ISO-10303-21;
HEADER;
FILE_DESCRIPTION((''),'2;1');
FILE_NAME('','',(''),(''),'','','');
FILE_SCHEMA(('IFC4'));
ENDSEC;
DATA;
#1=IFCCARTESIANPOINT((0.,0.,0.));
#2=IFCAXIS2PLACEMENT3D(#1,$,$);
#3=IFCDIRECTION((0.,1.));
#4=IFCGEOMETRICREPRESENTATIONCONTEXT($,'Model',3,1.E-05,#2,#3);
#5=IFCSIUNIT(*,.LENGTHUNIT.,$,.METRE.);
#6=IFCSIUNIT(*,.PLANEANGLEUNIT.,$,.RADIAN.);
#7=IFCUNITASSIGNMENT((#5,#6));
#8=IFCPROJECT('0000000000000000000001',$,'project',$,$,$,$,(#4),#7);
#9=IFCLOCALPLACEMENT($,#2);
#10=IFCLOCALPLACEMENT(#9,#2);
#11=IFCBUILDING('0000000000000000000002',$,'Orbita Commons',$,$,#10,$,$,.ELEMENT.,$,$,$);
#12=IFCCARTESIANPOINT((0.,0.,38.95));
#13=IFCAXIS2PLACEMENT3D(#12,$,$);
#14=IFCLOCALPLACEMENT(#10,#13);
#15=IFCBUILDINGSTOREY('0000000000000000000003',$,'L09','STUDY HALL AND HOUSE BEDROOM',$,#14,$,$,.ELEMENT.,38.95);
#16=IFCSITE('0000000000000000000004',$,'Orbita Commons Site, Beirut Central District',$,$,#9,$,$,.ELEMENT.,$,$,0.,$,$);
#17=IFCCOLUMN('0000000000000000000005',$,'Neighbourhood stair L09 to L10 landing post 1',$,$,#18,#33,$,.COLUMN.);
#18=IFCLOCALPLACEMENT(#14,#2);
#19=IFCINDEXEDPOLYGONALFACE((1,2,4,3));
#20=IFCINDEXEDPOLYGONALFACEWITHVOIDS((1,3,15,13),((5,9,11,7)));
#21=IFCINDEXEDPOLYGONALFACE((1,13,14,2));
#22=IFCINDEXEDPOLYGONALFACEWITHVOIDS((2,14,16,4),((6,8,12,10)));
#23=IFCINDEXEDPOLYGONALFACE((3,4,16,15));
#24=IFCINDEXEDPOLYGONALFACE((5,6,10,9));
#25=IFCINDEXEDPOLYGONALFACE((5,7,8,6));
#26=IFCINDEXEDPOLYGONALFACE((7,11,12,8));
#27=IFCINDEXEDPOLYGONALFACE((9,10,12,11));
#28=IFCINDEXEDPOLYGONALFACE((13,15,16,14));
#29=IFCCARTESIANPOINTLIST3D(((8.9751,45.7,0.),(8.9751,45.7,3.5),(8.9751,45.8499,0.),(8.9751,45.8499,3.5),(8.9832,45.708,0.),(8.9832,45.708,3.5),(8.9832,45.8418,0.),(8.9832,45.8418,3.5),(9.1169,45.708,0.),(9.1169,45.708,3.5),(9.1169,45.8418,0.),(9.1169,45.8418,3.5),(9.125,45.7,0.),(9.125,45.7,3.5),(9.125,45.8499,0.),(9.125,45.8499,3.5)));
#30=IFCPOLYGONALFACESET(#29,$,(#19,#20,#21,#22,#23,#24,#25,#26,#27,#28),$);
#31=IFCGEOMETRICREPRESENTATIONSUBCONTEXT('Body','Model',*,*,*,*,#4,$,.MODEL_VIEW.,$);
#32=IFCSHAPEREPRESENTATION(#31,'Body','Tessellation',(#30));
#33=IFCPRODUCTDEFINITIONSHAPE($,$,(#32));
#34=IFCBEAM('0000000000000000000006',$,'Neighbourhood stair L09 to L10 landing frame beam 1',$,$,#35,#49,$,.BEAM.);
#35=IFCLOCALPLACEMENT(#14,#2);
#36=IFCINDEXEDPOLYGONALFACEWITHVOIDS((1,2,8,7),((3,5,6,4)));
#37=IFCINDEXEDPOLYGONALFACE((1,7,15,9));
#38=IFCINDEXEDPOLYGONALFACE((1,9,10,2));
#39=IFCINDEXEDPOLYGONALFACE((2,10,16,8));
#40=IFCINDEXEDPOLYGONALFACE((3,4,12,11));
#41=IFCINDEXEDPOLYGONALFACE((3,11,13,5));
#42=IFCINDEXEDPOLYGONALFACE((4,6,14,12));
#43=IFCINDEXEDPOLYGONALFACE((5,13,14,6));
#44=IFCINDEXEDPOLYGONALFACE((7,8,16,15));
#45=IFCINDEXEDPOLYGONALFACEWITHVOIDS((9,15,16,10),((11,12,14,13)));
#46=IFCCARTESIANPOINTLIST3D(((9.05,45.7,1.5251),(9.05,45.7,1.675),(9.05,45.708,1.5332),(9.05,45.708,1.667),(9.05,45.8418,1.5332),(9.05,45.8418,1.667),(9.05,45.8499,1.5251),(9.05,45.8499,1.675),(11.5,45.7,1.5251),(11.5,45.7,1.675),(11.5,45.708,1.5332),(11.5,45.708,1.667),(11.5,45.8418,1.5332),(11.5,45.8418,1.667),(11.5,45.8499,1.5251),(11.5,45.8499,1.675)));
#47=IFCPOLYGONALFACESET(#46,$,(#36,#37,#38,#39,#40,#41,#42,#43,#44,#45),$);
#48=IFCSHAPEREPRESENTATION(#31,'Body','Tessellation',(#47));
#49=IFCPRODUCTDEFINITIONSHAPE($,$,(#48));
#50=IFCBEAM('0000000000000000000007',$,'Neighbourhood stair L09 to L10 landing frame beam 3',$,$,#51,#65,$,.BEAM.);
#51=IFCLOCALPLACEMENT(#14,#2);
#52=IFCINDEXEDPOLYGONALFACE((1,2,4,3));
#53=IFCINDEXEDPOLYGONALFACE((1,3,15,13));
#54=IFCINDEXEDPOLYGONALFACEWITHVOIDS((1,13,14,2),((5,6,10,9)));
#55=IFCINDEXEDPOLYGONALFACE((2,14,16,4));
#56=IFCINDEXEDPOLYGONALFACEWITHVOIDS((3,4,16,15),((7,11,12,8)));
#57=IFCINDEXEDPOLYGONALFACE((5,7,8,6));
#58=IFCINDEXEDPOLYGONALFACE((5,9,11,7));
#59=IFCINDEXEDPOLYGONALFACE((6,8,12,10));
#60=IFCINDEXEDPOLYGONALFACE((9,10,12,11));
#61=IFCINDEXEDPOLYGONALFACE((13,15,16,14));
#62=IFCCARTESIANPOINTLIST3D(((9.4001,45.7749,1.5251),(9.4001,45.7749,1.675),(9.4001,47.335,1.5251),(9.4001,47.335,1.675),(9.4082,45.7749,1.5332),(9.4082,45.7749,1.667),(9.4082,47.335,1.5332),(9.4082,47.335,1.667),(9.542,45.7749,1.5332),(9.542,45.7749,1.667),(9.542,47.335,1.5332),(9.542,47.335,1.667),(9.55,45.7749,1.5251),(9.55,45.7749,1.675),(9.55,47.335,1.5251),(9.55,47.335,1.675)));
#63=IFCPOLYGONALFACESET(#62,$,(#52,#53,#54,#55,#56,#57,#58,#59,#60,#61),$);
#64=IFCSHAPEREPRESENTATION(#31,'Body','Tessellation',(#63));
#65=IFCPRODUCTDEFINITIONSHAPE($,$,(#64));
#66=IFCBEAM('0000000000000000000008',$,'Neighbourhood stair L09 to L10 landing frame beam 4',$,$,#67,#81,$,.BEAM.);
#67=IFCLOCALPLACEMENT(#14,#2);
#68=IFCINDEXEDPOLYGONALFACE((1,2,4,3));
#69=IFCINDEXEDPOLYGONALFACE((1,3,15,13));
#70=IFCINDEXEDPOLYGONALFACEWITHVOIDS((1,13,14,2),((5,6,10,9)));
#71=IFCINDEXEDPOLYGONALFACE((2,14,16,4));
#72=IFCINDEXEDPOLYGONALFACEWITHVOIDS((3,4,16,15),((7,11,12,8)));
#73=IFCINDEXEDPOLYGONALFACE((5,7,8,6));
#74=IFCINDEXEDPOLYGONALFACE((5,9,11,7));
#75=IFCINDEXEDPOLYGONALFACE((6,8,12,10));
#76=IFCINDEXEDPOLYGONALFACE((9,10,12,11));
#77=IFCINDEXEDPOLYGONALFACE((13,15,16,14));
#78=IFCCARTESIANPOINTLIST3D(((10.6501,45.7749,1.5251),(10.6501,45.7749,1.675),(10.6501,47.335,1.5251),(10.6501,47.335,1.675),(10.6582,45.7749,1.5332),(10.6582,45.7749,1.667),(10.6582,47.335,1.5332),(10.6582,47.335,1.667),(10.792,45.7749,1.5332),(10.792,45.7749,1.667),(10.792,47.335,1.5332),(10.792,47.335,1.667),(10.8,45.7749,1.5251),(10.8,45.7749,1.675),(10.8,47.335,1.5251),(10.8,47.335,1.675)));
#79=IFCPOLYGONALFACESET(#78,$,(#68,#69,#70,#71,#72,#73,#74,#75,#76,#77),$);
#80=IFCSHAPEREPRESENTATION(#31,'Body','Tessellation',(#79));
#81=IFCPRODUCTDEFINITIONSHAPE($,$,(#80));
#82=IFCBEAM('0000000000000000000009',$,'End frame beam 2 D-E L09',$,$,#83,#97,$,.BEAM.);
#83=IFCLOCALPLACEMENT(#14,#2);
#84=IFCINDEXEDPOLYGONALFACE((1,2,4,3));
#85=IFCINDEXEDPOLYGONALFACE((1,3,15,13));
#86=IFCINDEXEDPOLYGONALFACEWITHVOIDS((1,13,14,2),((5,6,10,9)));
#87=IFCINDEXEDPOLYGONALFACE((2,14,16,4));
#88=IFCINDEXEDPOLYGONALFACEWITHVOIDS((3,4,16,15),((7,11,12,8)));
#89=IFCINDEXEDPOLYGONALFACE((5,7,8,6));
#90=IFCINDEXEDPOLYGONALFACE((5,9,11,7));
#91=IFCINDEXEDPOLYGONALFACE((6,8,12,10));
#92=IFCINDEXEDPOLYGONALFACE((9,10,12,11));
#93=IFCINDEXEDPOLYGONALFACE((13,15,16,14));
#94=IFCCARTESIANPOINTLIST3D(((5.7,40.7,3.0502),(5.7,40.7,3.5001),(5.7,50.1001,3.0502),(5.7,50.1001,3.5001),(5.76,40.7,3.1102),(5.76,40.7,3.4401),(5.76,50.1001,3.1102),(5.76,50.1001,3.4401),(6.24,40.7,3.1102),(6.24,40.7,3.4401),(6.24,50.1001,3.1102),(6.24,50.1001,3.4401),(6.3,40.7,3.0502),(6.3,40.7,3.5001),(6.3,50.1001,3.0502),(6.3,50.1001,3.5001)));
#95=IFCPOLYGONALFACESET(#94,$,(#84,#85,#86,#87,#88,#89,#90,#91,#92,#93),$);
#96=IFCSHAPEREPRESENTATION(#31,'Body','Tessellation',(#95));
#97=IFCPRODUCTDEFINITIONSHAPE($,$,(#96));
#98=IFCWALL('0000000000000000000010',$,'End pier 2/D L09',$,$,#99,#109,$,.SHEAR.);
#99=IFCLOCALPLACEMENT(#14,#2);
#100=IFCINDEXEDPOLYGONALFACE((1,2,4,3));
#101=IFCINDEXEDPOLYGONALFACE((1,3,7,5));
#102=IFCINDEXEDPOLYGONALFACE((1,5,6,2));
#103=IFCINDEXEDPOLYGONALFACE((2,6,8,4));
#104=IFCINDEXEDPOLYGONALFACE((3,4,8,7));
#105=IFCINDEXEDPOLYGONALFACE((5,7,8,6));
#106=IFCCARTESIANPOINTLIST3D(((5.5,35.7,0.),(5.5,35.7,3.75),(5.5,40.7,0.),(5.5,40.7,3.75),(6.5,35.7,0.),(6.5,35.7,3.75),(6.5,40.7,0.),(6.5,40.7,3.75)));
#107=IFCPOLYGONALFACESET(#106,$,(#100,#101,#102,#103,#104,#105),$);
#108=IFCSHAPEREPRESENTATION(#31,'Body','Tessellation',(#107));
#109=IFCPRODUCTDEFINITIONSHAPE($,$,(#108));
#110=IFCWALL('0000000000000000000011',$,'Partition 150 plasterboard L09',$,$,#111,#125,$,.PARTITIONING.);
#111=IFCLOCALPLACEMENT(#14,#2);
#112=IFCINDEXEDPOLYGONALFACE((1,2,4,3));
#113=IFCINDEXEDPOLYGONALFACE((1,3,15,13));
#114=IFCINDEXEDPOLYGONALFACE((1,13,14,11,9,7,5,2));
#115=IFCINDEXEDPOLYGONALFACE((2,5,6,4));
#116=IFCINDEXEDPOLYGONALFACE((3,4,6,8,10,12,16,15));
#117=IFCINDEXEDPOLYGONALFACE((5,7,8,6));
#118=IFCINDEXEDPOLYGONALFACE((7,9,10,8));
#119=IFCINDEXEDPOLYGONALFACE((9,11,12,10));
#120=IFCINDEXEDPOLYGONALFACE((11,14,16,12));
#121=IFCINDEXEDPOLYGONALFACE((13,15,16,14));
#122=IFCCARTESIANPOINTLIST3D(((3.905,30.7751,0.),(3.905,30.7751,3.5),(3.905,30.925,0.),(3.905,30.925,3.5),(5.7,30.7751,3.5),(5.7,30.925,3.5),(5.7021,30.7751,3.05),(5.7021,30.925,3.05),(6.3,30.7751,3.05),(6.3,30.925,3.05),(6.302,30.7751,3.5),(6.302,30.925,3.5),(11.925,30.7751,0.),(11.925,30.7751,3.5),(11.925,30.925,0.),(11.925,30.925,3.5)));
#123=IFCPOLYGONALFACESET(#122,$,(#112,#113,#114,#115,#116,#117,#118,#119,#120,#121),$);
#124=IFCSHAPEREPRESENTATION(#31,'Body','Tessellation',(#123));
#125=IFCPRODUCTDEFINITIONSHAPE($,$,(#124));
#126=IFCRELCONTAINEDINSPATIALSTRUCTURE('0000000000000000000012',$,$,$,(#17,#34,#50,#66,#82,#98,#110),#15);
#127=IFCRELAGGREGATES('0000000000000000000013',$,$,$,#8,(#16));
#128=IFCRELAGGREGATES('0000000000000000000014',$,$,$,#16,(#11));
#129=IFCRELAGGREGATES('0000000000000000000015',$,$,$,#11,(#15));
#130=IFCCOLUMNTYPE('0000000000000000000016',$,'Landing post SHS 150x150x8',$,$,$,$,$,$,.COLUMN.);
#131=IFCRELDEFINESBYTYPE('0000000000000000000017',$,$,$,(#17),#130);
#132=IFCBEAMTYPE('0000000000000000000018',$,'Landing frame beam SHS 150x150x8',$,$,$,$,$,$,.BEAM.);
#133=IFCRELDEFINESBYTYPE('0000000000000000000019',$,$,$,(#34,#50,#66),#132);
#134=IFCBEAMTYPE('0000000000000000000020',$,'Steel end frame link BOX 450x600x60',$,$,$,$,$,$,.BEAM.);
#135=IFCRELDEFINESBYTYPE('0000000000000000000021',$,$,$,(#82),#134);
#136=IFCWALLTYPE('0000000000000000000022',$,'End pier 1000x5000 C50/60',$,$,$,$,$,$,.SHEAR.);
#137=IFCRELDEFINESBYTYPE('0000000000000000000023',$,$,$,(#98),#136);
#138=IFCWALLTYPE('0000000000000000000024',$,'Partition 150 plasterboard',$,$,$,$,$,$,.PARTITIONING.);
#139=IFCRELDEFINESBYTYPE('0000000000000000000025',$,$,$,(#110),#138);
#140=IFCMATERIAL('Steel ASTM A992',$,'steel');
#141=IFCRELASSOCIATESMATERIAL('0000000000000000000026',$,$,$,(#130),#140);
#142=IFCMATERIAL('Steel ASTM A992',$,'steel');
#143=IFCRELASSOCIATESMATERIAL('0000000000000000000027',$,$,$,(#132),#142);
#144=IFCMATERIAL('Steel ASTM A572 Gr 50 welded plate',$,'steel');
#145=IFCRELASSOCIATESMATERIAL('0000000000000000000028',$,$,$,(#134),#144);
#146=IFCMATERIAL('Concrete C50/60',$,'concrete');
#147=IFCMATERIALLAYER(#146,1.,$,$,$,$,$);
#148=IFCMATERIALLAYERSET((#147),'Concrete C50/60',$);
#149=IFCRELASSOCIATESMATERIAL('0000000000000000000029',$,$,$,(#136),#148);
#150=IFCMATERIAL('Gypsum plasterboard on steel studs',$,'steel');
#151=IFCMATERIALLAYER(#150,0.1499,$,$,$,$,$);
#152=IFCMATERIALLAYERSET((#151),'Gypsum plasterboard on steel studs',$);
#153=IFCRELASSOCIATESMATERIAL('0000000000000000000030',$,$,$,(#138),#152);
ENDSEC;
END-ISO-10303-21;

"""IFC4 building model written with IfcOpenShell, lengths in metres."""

from ifc_helpers import new_model, si_unit, direction, frame, frame_2d, origin, origin_2d, place, context, subcontext, project, spatial, polyline, rectangle, hollow_rectangle, outline, extrude, material, layer, layer_set, material_profile, profile_set, type_object, element, save


model = new_model("IFC4")

# Units and contexts
model_context = context("Model", 3, precision=1e-05, world=origin(), true_north=direction((0.0, 1.0)))
body_context = subcontext(model_context, "Body", "Model", "MODEL_VIEW")
ifc_project = project(units=[si_unit("LENGTHUNIT", "METRE"), si_unit("PLANEANGLEUNIT", "RADIAN")], contexts=[model_context])

# Site, building, storey
site_placement = place(None, origin())
site = spatial("IfcSite", under=ifc_project, at=site_placement, Name="Orbita Commons Site, Beirut Central District", CompositionType="ELEMENT", RefElevation=0.0)
building_placement = place(site_placement, origin())
building = spatial("IfcBuilding", under=site, at=building_placement, Name="Orbita Commons", CompositionType="ELEMENT")
storey_placement = place(building_placement, frame((0.0, 0.0, 38.95)))
storey = spatial("IfcBuildingStorey", under=building, at=storey_placement, Name="L09", Description="STUDY HALL AND HOUSE BEDROOM", CompositionType="ELEMENT", Elevation=38.95)

# Column
ifc_material_1 = material(Name="Steel ASTM A992", Category="steel")
ifc_material_profile_1 = material_profile(ifc_material_1, hollow_rectangle(XDim=0.1499, YDim=0.1499, WallThickness=0.0081, at=origin_2d()), Name="SHS 150x150x8")
ifc_profile_set_1 = profile_set([ifc_material_profile_1], Name="Steel ASTM A992")
column_type = type_object("IfcColumnType", Name="Landing post SHS 150x150x8", PredefinedType="COLUMN", material=ifc_profile_set_1)
column_placement = place(storey_placement, frame((9.05, 45.7749, 0.0), z_axis=(0.0, 0.0, 1.0), x_axis=(1.0, 0.0, 0.0)))
element("IfcColumn", 1, at=column_placement, inside=storey, type_object=column_type, Name="Neighbourhood stair L09 to L10 landing post 1", PredefinedType="COLUMN", context=body_context, shape_type="SweptSolid", body=[
    extrude(hollow_rectangle(XDim=0.1499, YDim=0.1499, WallThickness=0.0081, at=origin_2d()), origin(), (0.0, 0.0, 1.0), 3.5),
])

# Beams
ifc_material_2 = material(Name="Steel ASTM A992", Category="steel")
ifc_material_profile_2 = material_profile(ifc_material_2, hollow_rectangle(XDim=0.1499, YDim=0.1499, WallThickness=0.0081, at=origin_2d()), Name="SHS 150x150x8")
ifc_profile_set_2 = profile_set([ifc_material_profile_2], Name="Steel ASTM A992")
beam_type_1 = type_object("IfcBeamType", Name="Landing frame beam SHS 150x150x8", PredefinedType="BEAM", material=ifc_profile_set_2)
beam_1_placement = place(storey_placement, frame((9.05, 45.7749, 1.6001), z_axis=(1.0, 0.0, 0.0), x_axis=(0.0, 1.0, 0.0)))
element("IfcBeam", 2, at=beam_1_placement, inside=storey, type_object=beam_type_1, Name="Neighbourhood stair L09 to L10 landing frame beam 1", PredefinedType="BEAM", context=body_context, shape_type="SweptSolid", body=[
    extrude(hollow_rectangle(XDim=0.1499, YDim=0.1499, WallThickness=0.0081, at=origin_2d()), origin(), (0.0, 0.0, 1.0), 2.45),
])
for number, where, z_axis, x_axis, name in (
    (3, (9.4751, 45.7749, 1.6001), (0.0, 1.0, 0.0), (-1.0, 0.0, 0.0), "Neighbourhood stair L09 to L10 landing frame beam 3"),
    (4, (10.7251, 45.7749, 1.6001), (0.0, 1.0, 0.0), (-1.0, 0.0, 0.0), "Neighbourhood stair L09 to L10 landing frame beam 4"),
):
    element("IfcBeam", number, at=place(storey_placement, frame(where, z_axis=z_axis, x_axis=x_axis)), inside=storey, type_object=beam_type_1, Name=name, PredefinedType="BEAM", context=body_context, shape_type="SweptSolid", body=[
        extrude(hollow_rectangle(XDim=0.1499, YDim=0.1499, WallThickness=0.0081, at=origin_2d()), origin(), (0.0, 0.0, 1.0), 1.5601),
    ])
ifc_material_3 = material(Name="Steel ASTM A572 Gr 50 welded plate", Category="steel")
ifc_material_profile_3 = material_profile(ifc_material_3, hollow_rectangle(XDim=0.6001, YDim=0.45, WallThickness=0.0601, at=origin_2d()), Name="BOX 450x600x60")
ifc_profile_set_3 = profile_set([ifc_material_profile_3], Name="Steel ASTM A572 Gr 50 welded plate")
beam_type_2 = type_object("IfcBeamType", Name="Steel end frame link BOX 450x600x60", PredefinedType="BEAM", material=ifc_profile_set_3)
beam_2_placement = place(storey_placement, frame((6.0, 40.7, 3.2751), z_axis=(0.0, 1.0, 0.0), x_axis=(-1.0, 0.0, 0.0)))
element("IfcBeam", 5, at=beam_2_placement, inside=storey, type_object=beam_type_2, Name="End frame beam 2 D-E L09", PredefinedType="BEAM", context=body_context, shape_type="SweptSolid", body=[
    extrude(hollow_rectangle(XDim=0.6001, YDim=0.45, WallThickness=0.0601, at=origin_2d()), origin(), (0.0, 0.0, 1.0), 9.4001),
])

# Walls
ifc_material_4 = material(Name="Concrete C50/60", Category="concrete")
ifc_layer_1 = layer(ifc_material_4, 1.0)
ifc_layer_set_1 = layer_set([ifc_layer_1], Name="Concrete C50/60")
wall_type_1 = type_object("IfcWallType", Name="End pier 1000x5000 C50/60", PredefinedType="SHEAR", material=ifc_layer_set_1)
wall_1_placement = place(storey_placement, frame((6.0, 35.7, 0.0), z_axis=(0.0, 0.0, 1.0), x_axis=(0.0, 1.0, 0.0)))
element("IfcWall", 6, at=wall_1_placement, inside=storey, type_object=wall_type_1, Name="End pier 2/D L09", PredefinedType="SHEAR", context=body_context, shape_type="SweptSolid", body=[
    extrude(rectangle(XDim=5.0, YDim=1.0, at=frame_2d((2.5, 0.0))), origin(), (0.0, 0.0, 1.0), 3.75),
])
ifc_material_5 = material(Name="Gypsum plasterboard on steel studs", Category="steel")
ifc_layer_2 = layer(ifc_material_5, 0.1499)
ifc_layer_set_2 = layer_set([ifc_layer_2], Name="Gypsum plasterboard on steel studs")
wall_type_2 = type_object("IfcWallType", Name="Partition 150 plasterboard", PredefinedType="PARTITIONING", material=ifc_layer_set_2)
wall_2_placement = place(storey_placement, frame((3.905, 30.8501, 0.0), z_axis=(0.0, 0.0, 1.0), x_axis=(1.0, 0.0, 0.0)))
element("IfcWall", 7, at=wall_2_placement, inside=storey, type_object=wall_type_2, Name="Partition 150 plasterboard L09", PredefinedType="PARTITIONING", context=body_context, shape_type="SweptSolid", body=[
    extrude(outline(polyline([(0.0, 0.0), (8.02, 0.0), (8.02, 3.5), (2.397, 3.5), (2.395, 3.05), (1.7971, 3.05), (1.7949, 3.5), (0.0, 3.5), (0.0, 0.0)])), frame((0.0, 0.075, 0.0), z_axis=(0.0, -1.0, 0.0), x_axis=(1.0, 0.0, 0.0)), (0.0, 0.0, 1.0), 0.1499),
])

save(model, "model.ifc")
